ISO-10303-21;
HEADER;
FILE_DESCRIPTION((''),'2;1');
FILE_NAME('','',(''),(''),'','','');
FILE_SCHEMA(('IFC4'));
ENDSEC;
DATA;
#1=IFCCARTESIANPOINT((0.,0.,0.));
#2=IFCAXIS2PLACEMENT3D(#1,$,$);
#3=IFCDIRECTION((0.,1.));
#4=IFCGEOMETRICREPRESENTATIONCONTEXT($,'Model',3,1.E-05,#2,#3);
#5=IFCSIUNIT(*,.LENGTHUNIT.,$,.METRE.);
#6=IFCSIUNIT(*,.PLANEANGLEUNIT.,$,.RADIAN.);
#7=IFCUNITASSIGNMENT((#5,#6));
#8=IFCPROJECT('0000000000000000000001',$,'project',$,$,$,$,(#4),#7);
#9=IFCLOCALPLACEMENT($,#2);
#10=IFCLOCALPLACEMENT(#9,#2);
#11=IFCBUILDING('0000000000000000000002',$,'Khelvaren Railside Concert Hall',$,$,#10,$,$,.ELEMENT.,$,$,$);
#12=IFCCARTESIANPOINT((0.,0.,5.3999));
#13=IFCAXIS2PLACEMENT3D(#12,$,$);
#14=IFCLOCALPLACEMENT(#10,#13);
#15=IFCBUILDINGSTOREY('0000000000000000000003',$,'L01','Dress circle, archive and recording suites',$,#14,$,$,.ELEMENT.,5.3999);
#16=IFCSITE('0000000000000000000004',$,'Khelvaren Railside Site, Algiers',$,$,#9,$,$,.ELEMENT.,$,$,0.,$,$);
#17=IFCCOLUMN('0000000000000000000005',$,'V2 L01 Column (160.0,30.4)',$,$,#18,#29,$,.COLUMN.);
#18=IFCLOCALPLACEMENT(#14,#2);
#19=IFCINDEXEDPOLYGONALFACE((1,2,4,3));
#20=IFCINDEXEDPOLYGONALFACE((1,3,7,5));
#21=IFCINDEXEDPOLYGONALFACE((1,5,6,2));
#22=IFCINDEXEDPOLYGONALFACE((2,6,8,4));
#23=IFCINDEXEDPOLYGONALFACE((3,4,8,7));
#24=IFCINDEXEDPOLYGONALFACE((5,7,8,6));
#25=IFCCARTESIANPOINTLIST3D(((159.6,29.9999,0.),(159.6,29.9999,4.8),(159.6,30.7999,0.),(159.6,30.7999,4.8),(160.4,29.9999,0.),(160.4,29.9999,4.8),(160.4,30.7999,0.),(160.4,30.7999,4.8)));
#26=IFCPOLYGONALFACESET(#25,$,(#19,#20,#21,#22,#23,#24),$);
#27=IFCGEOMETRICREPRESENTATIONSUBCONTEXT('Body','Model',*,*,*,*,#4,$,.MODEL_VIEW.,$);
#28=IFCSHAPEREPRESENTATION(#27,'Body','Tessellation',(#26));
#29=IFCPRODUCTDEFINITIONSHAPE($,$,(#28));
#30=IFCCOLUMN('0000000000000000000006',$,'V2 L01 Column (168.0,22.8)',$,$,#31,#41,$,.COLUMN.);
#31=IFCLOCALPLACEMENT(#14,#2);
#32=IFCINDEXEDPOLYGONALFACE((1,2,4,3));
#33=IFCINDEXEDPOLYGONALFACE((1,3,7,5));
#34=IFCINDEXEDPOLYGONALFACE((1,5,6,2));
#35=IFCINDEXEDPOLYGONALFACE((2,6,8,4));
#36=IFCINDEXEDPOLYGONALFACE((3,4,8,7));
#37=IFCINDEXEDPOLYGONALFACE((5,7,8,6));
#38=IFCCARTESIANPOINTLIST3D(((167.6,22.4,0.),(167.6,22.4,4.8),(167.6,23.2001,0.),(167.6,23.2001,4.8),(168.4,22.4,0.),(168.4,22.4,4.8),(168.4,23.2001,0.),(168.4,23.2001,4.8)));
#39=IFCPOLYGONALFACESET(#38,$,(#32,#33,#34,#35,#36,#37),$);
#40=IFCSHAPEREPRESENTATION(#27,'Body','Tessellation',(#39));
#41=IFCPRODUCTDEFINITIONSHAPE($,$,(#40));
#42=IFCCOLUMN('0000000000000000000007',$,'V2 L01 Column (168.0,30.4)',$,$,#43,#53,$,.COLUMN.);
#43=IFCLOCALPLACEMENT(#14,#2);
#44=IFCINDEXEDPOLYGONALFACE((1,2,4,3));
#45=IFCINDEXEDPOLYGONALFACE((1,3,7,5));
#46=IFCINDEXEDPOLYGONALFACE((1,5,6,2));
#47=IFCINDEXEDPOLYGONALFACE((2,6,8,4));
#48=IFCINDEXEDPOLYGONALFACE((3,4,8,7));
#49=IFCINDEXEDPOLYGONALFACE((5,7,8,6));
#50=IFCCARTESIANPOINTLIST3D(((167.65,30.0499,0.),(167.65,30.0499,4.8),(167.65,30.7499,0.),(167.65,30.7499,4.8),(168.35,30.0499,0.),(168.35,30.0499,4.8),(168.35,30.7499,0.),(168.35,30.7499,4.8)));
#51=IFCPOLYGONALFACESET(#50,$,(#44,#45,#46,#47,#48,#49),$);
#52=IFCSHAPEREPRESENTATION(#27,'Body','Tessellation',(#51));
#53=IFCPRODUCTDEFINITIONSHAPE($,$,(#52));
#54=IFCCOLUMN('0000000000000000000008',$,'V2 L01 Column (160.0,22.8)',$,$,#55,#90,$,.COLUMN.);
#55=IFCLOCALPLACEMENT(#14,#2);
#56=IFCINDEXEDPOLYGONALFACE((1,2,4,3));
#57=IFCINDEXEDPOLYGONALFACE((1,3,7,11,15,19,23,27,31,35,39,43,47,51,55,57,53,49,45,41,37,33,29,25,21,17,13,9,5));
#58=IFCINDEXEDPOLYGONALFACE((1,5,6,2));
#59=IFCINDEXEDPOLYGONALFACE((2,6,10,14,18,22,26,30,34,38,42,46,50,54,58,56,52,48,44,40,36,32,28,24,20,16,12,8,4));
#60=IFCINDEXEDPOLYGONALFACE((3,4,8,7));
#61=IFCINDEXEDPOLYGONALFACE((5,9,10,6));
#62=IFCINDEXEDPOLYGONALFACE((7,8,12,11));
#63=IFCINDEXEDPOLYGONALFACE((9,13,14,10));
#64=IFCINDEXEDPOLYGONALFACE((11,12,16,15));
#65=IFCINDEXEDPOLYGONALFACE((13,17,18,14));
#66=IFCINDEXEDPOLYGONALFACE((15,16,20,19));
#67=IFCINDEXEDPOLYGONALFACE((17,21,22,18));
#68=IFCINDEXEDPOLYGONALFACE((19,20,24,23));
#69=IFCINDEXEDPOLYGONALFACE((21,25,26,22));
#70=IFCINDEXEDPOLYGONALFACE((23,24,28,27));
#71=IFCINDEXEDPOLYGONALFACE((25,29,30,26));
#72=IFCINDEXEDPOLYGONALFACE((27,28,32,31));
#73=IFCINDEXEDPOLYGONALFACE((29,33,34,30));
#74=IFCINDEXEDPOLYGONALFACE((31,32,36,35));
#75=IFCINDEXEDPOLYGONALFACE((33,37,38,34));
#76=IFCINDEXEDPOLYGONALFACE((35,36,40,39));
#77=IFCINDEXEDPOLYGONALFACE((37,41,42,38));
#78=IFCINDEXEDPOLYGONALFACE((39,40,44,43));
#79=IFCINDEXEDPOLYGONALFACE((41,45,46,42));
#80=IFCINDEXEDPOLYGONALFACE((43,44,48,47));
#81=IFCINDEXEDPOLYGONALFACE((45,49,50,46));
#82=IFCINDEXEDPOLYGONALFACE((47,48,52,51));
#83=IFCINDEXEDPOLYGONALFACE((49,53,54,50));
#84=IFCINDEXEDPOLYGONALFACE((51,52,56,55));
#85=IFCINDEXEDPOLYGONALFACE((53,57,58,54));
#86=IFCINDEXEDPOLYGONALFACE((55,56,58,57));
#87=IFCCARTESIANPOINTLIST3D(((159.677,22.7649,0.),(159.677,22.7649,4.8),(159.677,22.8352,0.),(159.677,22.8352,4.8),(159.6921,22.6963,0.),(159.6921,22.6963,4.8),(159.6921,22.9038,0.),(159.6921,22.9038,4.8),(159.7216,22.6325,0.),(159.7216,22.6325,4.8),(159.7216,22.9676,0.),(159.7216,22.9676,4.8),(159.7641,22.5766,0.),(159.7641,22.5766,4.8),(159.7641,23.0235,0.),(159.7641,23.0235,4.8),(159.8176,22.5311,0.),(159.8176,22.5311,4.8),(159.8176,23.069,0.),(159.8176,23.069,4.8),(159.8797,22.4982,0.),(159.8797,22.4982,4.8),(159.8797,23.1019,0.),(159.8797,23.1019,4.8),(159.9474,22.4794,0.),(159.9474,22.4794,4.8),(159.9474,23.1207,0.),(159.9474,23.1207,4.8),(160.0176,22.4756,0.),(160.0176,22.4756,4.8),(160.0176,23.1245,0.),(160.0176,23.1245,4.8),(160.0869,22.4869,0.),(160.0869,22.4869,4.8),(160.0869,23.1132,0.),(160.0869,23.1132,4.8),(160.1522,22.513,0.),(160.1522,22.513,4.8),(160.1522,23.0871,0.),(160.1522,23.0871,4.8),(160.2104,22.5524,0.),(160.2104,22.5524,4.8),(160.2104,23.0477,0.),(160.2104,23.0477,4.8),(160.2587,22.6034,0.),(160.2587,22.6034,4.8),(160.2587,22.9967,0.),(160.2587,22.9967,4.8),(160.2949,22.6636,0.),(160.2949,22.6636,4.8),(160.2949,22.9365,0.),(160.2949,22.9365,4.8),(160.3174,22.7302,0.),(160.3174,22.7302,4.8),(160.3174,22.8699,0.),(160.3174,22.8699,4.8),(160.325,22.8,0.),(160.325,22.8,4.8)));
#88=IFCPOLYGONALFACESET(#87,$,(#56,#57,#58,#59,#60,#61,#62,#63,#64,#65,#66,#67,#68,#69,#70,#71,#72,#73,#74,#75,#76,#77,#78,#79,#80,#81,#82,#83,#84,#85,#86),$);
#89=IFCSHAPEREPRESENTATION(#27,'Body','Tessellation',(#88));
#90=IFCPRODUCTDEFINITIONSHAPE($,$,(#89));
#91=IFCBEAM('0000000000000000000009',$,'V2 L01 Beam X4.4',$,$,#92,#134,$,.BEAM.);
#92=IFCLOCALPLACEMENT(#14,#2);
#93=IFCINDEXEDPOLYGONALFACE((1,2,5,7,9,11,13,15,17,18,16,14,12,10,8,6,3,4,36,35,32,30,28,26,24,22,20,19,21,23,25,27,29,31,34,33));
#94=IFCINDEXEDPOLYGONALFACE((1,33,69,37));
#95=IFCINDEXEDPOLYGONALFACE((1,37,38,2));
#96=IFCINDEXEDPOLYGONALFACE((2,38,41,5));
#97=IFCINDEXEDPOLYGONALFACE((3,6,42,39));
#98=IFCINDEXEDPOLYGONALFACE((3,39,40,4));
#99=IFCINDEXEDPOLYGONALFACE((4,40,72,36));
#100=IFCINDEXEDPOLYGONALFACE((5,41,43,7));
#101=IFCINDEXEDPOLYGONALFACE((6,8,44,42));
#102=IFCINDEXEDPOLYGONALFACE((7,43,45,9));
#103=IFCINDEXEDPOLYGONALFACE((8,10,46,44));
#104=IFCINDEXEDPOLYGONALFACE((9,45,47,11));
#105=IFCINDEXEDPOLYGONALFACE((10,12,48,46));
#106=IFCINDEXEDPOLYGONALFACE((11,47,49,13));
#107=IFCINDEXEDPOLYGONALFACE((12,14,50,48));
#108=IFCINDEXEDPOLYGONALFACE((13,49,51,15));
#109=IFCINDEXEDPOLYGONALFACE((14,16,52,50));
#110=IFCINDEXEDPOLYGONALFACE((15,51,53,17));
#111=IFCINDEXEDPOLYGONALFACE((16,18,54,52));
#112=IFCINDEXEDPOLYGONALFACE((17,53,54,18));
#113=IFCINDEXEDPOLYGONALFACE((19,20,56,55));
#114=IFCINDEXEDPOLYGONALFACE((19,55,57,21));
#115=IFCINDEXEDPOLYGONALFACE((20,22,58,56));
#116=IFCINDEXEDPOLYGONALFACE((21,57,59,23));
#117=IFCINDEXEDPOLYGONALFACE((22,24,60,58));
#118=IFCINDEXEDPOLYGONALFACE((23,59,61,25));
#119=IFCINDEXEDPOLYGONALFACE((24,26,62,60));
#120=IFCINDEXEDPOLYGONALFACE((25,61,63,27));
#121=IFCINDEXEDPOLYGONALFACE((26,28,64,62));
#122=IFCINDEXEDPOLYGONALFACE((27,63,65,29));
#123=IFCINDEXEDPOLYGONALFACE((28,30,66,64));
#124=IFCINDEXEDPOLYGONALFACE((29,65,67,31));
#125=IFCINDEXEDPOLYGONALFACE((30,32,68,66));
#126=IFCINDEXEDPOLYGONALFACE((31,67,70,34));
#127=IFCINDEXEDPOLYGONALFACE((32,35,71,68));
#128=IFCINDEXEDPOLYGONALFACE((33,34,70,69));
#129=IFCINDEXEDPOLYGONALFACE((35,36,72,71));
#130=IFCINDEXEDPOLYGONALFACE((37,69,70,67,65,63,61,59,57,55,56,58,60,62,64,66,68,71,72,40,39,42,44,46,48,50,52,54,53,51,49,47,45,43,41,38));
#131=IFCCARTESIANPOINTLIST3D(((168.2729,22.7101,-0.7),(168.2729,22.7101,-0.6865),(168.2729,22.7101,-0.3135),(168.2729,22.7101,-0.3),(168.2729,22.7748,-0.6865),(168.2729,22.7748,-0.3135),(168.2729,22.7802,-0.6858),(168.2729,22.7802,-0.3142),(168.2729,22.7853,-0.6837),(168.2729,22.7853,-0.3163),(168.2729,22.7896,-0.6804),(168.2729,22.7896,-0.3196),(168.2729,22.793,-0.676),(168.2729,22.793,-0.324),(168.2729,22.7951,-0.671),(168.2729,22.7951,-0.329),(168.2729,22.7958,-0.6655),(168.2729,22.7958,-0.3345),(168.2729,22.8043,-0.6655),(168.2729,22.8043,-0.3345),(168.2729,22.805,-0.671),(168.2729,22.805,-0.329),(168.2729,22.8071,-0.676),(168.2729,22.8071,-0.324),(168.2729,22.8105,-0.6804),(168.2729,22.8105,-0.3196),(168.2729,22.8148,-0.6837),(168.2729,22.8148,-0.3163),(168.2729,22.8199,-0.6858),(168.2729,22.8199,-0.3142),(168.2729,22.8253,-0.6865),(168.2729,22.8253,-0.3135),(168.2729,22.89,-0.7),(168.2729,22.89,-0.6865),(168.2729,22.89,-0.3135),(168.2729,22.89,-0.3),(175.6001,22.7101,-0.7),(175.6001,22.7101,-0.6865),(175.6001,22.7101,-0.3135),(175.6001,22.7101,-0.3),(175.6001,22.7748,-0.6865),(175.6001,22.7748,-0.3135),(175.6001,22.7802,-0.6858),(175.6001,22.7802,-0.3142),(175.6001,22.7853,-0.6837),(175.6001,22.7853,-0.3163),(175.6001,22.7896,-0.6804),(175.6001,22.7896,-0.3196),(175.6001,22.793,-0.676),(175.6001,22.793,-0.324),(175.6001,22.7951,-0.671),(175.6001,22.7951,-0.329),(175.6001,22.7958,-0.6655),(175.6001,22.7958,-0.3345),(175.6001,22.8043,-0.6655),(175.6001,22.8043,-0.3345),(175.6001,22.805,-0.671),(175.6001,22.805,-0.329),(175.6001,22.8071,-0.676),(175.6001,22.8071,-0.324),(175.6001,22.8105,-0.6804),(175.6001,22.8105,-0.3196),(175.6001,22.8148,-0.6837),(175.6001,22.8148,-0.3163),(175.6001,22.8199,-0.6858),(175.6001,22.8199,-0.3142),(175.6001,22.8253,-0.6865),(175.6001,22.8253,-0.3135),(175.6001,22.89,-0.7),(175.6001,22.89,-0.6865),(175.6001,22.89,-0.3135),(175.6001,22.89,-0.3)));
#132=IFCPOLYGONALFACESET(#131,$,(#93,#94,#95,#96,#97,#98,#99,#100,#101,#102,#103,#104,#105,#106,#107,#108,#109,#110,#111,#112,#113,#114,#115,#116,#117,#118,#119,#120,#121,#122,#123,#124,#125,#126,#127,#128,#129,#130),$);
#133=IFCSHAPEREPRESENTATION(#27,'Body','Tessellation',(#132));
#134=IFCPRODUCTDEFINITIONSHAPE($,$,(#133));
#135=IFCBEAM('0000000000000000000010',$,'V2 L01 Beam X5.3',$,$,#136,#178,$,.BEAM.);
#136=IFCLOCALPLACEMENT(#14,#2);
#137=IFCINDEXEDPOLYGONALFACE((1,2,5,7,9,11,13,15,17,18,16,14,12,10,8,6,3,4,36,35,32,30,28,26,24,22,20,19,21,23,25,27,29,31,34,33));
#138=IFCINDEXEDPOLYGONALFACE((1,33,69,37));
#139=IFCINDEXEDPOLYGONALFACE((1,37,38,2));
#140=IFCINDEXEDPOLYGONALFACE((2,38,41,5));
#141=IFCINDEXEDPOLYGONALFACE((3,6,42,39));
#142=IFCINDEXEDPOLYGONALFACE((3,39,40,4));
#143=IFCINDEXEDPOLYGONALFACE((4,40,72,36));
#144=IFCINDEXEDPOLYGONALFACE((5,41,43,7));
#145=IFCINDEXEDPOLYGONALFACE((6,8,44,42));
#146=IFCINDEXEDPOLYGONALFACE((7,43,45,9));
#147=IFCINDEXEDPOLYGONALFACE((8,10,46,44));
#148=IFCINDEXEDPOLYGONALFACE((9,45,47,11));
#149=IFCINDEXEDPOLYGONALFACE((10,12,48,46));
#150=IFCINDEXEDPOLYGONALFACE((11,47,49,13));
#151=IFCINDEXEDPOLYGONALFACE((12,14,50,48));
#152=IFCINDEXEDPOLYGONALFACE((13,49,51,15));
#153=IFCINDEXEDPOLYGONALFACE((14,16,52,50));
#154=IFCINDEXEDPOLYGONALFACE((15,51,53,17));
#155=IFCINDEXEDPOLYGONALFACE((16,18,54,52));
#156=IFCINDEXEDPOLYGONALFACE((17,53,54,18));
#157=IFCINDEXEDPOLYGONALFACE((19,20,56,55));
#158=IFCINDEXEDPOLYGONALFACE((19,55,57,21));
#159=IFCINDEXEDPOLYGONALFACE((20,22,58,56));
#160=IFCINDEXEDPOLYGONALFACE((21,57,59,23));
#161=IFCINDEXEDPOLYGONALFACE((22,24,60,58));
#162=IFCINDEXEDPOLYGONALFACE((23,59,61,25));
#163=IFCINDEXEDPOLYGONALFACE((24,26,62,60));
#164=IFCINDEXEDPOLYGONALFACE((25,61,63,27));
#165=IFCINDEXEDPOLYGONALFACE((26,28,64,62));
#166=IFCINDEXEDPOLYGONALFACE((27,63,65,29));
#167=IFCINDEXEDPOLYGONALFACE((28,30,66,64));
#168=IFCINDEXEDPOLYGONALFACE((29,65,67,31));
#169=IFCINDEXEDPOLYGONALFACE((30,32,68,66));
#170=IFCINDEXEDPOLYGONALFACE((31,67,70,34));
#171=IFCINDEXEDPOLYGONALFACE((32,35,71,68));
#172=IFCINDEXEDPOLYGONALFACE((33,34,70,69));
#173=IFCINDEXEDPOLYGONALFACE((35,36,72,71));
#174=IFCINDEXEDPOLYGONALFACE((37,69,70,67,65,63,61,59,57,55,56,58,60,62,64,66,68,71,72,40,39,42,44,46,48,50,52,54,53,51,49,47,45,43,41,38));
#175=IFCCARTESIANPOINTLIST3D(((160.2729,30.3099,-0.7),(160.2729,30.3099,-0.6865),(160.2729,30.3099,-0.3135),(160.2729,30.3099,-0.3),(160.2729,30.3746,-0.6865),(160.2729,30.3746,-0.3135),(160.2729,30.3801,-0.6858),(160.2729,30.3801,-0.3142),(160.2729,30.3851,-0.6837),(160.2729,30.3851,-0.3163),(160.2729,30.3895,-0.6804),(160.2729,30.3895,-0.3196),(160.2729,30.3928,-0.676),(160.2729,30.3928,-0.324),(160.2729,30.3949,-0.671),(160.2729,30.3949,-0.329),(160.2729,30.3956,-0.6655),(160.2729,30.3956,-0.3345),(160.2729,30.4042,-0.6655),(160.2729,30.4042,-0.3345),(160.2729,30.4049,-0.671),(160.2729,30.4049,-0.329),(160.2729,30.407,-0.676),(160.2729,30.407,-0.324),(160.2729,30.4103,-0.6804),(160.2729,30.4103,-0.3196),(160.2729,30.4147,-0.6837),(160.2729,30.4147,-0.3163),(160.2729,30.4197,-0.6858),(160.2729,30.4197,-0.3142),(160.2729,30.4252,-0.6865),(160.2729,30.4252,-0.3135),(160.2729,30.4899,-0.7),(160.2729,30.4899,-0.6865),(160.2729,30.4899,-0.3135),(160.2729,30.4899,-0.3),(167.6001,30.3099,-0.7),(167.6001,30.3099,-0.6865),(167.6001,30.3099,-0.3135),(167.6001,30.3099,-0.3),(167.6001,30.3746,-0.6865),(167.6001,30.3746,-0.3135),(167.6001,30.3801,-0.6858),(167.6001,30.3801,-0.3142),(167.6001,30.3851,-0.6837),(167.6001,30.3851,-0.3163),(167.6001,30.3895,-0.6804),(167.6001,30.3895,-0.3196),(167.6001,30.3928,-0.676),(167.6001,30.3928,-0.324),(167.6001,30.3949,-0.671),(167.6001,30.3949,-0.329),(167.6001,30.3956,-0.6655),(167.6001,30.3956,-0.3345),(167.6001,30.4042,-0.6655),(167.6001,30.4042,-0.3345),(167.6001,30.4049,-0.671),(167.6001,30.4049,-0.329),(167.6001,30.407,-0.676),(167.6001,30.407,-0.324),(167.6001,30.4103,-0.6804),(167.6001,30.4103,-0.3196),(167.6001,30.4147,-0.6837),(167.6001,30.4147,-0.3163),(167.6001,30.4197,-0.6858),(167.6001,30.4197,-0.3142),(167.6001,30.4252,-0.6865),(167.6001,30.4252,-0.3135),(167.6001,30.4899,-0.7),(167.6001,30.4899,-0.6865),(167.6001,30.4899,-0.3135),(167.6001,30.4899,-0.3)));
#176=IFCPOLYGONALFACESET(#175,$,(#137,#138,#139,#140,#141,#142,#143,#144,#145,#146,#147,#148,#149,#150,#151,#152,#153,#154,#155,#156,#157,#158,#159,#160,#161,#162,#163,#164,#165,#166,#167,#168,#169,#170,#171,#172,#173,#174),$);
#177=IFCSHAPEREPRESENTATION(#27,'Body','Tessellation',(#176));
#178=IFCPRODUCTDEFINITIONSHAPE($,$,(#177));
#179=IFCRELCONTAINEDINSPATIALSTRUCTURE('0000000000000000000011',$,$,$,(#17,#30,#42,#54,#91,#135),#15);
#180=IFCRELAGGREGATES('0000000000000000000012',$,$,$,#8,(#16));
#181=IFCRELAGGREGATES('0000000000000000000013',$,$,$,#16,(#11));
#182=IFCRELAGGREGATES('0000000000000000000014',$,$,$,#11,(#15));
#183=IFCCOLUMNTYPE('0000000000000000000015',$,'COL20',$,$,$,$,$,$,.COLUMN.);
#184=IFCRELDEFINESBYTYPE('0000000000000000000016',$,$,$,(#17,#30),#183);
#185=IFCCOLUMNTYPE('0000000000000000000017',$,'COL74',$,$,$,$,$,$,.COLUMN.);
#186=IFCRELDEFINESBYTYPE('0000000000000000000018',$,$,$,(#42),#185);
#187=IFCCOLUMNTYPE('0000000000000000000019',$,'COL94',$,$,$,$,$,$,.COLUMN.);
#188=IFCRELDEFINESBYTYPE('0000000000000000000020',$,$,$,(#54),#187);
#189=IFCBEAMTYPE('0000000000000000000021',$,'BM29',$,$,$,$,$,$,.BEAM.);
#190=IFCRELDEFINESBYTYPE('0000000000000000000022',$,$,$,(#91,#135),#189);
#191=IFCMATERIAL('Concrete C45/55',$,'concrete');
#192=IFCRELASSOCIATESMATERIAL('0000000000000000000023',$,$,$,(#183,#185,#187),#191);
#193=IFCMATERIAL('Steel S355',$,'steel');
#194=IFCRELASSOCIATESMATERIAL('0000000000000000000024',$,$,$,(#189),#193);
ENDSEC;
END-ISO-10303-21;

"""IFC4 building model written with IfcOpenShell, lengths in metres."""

from ifc_helpers import new_model, si_unit, direction, frame, origin, origin_2d, place, context, subcontext, project, spatial, rectangle, circle, i_section, extrude, material, material_profile, profile_set, type_object, element, save


model = new_model("IFC4")

# Units and contexts
model_context = context("Model", 3, precision=1e-05, world=origin(), true_north=direction((0.0, 1.0)))
body_context = subcontext(model_context, "Body", "Model", "MODEL_VIEW")
ifc_project = project(units=[si_unit("LENGTHUNIT", "METRE"), si_unit("PLANEANGLEUNIT", "RADIAN")], contexts=[model_context])

# Site, building, storey
site_placement = place(None, origin())
site = spatial("IfcSite", under=ifc_project, at=site_placement, Name="Khelvaren Railside Site, Algiers", CompositionType="ELEMENT", RefElevation=0.0)
building_placement = place(site_placement, origin())
building = spatial("IfcBuilding", under=site, at=building_placement, Name="Khelvaren Railside Concert Hall", CompositionType="ELEMENT")
storey_placement = place(building_placement, frame((0.0, 0.0, 5.3999)))
storey = spatial("IfcBuildingStorey", under=building, at=storey_placement, Name="L01", Description="Dress circle, archive and recording suites", CompositionType="ELEMENT", Elevation=5.3999)

# Columns
ifc_material_1 = material(Name="Concrete C45/55", Category="concrete")
ifc_material_profile_1 = material_profile(ifc_material_1, rectangle(XDim=0.8, YDim=0.8, at=origin_2d()), Name="RC 800x800")
ifc_profile_set_1 = profile_set([ifc_material_profile_1], Name="Concrete C45/55")
column_type_1 = type_object("IfcColumnType", Name="COL20", PredefinedType="COLUMN", material=ifc_profile_set_1)
for number, where, z_axis, x_axis, name in (
    (1, (160.0, 30.3999, 0.0), (0.0, 0.0, 1.0), (1.0, 0.0, 0.0), "V2 L01 Column (160.0,30.4)"),
    (2, (168.0, 22.8, 0.0), (0.0, 0.0, 1.0), (1.0, 0.0, 0.0), "V2 L01 Column (168.0,22.8)"),
):
    element("IfcColumn", number, at=place(storey_placement, frame(where, z_axis=z_axis, x_axis=x_axis)), inside=storey, type_object=column_type_1, Name=name, PredefinedType="COLUMN", context=body_context, shape_type="SweptSolid", body=[
        extrude(rectangle(XDim=0.8, YDim=0.8, at=origin_2d()), origin(), (0.0, 0.0, 1.0), 4.8),
    ])
ifc_material_profile_2 = material_profile(ifc_material_1, rectangle(XDim=0.7, YDim=0.7, at=origin_2d()), Name="RC 700x700")
ifc_profile_set_2 = profile_set([ifc_material_profile_2], Name="Concrete C45/55")
column_type_2 = type_object("IfcColumnType", Name="COL74", PredefinedType="COLUMN", material=ifc_profile_set_2)
column_1_placement = place(storey_placement, frame((168.0, 30.3999, 0.0), z_axis=(0.0, 0.0, 1.0), x_axis=(1.0, 0.0, 0.0)))
element("IfcColumn", 3, at=column_1_placement, inside=storey, type_object=column_type_2, Name="V2 L01 Column (168.0,30.4)", PredefinedType="COLUMN", context=body_context, shape_type="SweptSolid", body=[
    extrude(rectangle(XDim=0.7, YDim=0.7, at=origin_2d()), origin(), (0.0, 0.0, 1.0), 4.8),
])
ifc_material_profile_3 = material_profile(ifc_material_1, circle(Radius=0.325, at=origin_2d()), Name="RC D650")
ifc_profile_set_3 = profile_set([ifc_material_profile_3], Name="Concrete C45/55")
column_type_3 = type_object("IfcColumnType", Name="COL94", PredefinedType="COLUMN", material=ifc_profile_set_3)
column_2_placement = place(storey_placement, frame((160.0, 22.8, 0.0), z_axis=(0.0, 0.0, 1.0), x_axis=(1.0, 0.0, 0.0)))
element("IfcColumn", 4, at=column_2_placement, inside=storey, type_object=column_type_3, Name="V2 L01 Column (160.0,22.8)", PredefinedType="COLUMN", context=body_context, shape_type="SweptSolid", body=[
    extrude(circle(Radius=0.325, at=origin_2d()), origin(), (0.0, 0.0, 1.0), 4.8),
])

# Beams
ifc_material_2 = material(Name="Steel S355", Category="steel")
ifc_material_profile_4 = material_profile(ifc_material_2, i_section(OverallWidth=0.1799, OverallDepth=0.3999, WebThickness=0.0085, FlangeThickness=0.0134, FilletRadius=0.021, at=origin_2d()), Name="IPE 400")
ifc_profile_set_4 = profile_set([ifc_material_profile_4], Name="Steel S355")
beam_type_1 = type_object("IfcBeamType", Name="BM29", PredefinedType="BEAM", material=ifc_profile_set_4)
for number, where, z_axis, x_axis, name in (
    (5, (168.2729, 22.8, -0.5), (1.0, 0.0, 0.0), (0.0, 1.0, 0.0), "V2 L01 Beam X4.4"),
    (6, (160.2729, 30.3999, -0.5), (1.0, 0.0, 0.0), (0.0, 1.0, 0.0), "V2 L01 Beam X5.3"),
):
    element("IfcBeam", number, at=place(storey_placement, frame(where, z_axis=z_axis, x_axis=x_axis)), inside=storey, type_object=beam_type_1, Name=name, PredefinedType="BEAM", context=body_context, shape_type="SweptSolid", body=[
        extrude(i_section(OverallWidth=0.1799, OverallDepth=0.3999, WebThickness=0.0085, FlangeThickness=0.0134, FilletRadius=0.021, at=origin_2d()), origin(), (0.0, 0.0, 1.0), 7.3271),
    ])

save(model, "model.ifc")
